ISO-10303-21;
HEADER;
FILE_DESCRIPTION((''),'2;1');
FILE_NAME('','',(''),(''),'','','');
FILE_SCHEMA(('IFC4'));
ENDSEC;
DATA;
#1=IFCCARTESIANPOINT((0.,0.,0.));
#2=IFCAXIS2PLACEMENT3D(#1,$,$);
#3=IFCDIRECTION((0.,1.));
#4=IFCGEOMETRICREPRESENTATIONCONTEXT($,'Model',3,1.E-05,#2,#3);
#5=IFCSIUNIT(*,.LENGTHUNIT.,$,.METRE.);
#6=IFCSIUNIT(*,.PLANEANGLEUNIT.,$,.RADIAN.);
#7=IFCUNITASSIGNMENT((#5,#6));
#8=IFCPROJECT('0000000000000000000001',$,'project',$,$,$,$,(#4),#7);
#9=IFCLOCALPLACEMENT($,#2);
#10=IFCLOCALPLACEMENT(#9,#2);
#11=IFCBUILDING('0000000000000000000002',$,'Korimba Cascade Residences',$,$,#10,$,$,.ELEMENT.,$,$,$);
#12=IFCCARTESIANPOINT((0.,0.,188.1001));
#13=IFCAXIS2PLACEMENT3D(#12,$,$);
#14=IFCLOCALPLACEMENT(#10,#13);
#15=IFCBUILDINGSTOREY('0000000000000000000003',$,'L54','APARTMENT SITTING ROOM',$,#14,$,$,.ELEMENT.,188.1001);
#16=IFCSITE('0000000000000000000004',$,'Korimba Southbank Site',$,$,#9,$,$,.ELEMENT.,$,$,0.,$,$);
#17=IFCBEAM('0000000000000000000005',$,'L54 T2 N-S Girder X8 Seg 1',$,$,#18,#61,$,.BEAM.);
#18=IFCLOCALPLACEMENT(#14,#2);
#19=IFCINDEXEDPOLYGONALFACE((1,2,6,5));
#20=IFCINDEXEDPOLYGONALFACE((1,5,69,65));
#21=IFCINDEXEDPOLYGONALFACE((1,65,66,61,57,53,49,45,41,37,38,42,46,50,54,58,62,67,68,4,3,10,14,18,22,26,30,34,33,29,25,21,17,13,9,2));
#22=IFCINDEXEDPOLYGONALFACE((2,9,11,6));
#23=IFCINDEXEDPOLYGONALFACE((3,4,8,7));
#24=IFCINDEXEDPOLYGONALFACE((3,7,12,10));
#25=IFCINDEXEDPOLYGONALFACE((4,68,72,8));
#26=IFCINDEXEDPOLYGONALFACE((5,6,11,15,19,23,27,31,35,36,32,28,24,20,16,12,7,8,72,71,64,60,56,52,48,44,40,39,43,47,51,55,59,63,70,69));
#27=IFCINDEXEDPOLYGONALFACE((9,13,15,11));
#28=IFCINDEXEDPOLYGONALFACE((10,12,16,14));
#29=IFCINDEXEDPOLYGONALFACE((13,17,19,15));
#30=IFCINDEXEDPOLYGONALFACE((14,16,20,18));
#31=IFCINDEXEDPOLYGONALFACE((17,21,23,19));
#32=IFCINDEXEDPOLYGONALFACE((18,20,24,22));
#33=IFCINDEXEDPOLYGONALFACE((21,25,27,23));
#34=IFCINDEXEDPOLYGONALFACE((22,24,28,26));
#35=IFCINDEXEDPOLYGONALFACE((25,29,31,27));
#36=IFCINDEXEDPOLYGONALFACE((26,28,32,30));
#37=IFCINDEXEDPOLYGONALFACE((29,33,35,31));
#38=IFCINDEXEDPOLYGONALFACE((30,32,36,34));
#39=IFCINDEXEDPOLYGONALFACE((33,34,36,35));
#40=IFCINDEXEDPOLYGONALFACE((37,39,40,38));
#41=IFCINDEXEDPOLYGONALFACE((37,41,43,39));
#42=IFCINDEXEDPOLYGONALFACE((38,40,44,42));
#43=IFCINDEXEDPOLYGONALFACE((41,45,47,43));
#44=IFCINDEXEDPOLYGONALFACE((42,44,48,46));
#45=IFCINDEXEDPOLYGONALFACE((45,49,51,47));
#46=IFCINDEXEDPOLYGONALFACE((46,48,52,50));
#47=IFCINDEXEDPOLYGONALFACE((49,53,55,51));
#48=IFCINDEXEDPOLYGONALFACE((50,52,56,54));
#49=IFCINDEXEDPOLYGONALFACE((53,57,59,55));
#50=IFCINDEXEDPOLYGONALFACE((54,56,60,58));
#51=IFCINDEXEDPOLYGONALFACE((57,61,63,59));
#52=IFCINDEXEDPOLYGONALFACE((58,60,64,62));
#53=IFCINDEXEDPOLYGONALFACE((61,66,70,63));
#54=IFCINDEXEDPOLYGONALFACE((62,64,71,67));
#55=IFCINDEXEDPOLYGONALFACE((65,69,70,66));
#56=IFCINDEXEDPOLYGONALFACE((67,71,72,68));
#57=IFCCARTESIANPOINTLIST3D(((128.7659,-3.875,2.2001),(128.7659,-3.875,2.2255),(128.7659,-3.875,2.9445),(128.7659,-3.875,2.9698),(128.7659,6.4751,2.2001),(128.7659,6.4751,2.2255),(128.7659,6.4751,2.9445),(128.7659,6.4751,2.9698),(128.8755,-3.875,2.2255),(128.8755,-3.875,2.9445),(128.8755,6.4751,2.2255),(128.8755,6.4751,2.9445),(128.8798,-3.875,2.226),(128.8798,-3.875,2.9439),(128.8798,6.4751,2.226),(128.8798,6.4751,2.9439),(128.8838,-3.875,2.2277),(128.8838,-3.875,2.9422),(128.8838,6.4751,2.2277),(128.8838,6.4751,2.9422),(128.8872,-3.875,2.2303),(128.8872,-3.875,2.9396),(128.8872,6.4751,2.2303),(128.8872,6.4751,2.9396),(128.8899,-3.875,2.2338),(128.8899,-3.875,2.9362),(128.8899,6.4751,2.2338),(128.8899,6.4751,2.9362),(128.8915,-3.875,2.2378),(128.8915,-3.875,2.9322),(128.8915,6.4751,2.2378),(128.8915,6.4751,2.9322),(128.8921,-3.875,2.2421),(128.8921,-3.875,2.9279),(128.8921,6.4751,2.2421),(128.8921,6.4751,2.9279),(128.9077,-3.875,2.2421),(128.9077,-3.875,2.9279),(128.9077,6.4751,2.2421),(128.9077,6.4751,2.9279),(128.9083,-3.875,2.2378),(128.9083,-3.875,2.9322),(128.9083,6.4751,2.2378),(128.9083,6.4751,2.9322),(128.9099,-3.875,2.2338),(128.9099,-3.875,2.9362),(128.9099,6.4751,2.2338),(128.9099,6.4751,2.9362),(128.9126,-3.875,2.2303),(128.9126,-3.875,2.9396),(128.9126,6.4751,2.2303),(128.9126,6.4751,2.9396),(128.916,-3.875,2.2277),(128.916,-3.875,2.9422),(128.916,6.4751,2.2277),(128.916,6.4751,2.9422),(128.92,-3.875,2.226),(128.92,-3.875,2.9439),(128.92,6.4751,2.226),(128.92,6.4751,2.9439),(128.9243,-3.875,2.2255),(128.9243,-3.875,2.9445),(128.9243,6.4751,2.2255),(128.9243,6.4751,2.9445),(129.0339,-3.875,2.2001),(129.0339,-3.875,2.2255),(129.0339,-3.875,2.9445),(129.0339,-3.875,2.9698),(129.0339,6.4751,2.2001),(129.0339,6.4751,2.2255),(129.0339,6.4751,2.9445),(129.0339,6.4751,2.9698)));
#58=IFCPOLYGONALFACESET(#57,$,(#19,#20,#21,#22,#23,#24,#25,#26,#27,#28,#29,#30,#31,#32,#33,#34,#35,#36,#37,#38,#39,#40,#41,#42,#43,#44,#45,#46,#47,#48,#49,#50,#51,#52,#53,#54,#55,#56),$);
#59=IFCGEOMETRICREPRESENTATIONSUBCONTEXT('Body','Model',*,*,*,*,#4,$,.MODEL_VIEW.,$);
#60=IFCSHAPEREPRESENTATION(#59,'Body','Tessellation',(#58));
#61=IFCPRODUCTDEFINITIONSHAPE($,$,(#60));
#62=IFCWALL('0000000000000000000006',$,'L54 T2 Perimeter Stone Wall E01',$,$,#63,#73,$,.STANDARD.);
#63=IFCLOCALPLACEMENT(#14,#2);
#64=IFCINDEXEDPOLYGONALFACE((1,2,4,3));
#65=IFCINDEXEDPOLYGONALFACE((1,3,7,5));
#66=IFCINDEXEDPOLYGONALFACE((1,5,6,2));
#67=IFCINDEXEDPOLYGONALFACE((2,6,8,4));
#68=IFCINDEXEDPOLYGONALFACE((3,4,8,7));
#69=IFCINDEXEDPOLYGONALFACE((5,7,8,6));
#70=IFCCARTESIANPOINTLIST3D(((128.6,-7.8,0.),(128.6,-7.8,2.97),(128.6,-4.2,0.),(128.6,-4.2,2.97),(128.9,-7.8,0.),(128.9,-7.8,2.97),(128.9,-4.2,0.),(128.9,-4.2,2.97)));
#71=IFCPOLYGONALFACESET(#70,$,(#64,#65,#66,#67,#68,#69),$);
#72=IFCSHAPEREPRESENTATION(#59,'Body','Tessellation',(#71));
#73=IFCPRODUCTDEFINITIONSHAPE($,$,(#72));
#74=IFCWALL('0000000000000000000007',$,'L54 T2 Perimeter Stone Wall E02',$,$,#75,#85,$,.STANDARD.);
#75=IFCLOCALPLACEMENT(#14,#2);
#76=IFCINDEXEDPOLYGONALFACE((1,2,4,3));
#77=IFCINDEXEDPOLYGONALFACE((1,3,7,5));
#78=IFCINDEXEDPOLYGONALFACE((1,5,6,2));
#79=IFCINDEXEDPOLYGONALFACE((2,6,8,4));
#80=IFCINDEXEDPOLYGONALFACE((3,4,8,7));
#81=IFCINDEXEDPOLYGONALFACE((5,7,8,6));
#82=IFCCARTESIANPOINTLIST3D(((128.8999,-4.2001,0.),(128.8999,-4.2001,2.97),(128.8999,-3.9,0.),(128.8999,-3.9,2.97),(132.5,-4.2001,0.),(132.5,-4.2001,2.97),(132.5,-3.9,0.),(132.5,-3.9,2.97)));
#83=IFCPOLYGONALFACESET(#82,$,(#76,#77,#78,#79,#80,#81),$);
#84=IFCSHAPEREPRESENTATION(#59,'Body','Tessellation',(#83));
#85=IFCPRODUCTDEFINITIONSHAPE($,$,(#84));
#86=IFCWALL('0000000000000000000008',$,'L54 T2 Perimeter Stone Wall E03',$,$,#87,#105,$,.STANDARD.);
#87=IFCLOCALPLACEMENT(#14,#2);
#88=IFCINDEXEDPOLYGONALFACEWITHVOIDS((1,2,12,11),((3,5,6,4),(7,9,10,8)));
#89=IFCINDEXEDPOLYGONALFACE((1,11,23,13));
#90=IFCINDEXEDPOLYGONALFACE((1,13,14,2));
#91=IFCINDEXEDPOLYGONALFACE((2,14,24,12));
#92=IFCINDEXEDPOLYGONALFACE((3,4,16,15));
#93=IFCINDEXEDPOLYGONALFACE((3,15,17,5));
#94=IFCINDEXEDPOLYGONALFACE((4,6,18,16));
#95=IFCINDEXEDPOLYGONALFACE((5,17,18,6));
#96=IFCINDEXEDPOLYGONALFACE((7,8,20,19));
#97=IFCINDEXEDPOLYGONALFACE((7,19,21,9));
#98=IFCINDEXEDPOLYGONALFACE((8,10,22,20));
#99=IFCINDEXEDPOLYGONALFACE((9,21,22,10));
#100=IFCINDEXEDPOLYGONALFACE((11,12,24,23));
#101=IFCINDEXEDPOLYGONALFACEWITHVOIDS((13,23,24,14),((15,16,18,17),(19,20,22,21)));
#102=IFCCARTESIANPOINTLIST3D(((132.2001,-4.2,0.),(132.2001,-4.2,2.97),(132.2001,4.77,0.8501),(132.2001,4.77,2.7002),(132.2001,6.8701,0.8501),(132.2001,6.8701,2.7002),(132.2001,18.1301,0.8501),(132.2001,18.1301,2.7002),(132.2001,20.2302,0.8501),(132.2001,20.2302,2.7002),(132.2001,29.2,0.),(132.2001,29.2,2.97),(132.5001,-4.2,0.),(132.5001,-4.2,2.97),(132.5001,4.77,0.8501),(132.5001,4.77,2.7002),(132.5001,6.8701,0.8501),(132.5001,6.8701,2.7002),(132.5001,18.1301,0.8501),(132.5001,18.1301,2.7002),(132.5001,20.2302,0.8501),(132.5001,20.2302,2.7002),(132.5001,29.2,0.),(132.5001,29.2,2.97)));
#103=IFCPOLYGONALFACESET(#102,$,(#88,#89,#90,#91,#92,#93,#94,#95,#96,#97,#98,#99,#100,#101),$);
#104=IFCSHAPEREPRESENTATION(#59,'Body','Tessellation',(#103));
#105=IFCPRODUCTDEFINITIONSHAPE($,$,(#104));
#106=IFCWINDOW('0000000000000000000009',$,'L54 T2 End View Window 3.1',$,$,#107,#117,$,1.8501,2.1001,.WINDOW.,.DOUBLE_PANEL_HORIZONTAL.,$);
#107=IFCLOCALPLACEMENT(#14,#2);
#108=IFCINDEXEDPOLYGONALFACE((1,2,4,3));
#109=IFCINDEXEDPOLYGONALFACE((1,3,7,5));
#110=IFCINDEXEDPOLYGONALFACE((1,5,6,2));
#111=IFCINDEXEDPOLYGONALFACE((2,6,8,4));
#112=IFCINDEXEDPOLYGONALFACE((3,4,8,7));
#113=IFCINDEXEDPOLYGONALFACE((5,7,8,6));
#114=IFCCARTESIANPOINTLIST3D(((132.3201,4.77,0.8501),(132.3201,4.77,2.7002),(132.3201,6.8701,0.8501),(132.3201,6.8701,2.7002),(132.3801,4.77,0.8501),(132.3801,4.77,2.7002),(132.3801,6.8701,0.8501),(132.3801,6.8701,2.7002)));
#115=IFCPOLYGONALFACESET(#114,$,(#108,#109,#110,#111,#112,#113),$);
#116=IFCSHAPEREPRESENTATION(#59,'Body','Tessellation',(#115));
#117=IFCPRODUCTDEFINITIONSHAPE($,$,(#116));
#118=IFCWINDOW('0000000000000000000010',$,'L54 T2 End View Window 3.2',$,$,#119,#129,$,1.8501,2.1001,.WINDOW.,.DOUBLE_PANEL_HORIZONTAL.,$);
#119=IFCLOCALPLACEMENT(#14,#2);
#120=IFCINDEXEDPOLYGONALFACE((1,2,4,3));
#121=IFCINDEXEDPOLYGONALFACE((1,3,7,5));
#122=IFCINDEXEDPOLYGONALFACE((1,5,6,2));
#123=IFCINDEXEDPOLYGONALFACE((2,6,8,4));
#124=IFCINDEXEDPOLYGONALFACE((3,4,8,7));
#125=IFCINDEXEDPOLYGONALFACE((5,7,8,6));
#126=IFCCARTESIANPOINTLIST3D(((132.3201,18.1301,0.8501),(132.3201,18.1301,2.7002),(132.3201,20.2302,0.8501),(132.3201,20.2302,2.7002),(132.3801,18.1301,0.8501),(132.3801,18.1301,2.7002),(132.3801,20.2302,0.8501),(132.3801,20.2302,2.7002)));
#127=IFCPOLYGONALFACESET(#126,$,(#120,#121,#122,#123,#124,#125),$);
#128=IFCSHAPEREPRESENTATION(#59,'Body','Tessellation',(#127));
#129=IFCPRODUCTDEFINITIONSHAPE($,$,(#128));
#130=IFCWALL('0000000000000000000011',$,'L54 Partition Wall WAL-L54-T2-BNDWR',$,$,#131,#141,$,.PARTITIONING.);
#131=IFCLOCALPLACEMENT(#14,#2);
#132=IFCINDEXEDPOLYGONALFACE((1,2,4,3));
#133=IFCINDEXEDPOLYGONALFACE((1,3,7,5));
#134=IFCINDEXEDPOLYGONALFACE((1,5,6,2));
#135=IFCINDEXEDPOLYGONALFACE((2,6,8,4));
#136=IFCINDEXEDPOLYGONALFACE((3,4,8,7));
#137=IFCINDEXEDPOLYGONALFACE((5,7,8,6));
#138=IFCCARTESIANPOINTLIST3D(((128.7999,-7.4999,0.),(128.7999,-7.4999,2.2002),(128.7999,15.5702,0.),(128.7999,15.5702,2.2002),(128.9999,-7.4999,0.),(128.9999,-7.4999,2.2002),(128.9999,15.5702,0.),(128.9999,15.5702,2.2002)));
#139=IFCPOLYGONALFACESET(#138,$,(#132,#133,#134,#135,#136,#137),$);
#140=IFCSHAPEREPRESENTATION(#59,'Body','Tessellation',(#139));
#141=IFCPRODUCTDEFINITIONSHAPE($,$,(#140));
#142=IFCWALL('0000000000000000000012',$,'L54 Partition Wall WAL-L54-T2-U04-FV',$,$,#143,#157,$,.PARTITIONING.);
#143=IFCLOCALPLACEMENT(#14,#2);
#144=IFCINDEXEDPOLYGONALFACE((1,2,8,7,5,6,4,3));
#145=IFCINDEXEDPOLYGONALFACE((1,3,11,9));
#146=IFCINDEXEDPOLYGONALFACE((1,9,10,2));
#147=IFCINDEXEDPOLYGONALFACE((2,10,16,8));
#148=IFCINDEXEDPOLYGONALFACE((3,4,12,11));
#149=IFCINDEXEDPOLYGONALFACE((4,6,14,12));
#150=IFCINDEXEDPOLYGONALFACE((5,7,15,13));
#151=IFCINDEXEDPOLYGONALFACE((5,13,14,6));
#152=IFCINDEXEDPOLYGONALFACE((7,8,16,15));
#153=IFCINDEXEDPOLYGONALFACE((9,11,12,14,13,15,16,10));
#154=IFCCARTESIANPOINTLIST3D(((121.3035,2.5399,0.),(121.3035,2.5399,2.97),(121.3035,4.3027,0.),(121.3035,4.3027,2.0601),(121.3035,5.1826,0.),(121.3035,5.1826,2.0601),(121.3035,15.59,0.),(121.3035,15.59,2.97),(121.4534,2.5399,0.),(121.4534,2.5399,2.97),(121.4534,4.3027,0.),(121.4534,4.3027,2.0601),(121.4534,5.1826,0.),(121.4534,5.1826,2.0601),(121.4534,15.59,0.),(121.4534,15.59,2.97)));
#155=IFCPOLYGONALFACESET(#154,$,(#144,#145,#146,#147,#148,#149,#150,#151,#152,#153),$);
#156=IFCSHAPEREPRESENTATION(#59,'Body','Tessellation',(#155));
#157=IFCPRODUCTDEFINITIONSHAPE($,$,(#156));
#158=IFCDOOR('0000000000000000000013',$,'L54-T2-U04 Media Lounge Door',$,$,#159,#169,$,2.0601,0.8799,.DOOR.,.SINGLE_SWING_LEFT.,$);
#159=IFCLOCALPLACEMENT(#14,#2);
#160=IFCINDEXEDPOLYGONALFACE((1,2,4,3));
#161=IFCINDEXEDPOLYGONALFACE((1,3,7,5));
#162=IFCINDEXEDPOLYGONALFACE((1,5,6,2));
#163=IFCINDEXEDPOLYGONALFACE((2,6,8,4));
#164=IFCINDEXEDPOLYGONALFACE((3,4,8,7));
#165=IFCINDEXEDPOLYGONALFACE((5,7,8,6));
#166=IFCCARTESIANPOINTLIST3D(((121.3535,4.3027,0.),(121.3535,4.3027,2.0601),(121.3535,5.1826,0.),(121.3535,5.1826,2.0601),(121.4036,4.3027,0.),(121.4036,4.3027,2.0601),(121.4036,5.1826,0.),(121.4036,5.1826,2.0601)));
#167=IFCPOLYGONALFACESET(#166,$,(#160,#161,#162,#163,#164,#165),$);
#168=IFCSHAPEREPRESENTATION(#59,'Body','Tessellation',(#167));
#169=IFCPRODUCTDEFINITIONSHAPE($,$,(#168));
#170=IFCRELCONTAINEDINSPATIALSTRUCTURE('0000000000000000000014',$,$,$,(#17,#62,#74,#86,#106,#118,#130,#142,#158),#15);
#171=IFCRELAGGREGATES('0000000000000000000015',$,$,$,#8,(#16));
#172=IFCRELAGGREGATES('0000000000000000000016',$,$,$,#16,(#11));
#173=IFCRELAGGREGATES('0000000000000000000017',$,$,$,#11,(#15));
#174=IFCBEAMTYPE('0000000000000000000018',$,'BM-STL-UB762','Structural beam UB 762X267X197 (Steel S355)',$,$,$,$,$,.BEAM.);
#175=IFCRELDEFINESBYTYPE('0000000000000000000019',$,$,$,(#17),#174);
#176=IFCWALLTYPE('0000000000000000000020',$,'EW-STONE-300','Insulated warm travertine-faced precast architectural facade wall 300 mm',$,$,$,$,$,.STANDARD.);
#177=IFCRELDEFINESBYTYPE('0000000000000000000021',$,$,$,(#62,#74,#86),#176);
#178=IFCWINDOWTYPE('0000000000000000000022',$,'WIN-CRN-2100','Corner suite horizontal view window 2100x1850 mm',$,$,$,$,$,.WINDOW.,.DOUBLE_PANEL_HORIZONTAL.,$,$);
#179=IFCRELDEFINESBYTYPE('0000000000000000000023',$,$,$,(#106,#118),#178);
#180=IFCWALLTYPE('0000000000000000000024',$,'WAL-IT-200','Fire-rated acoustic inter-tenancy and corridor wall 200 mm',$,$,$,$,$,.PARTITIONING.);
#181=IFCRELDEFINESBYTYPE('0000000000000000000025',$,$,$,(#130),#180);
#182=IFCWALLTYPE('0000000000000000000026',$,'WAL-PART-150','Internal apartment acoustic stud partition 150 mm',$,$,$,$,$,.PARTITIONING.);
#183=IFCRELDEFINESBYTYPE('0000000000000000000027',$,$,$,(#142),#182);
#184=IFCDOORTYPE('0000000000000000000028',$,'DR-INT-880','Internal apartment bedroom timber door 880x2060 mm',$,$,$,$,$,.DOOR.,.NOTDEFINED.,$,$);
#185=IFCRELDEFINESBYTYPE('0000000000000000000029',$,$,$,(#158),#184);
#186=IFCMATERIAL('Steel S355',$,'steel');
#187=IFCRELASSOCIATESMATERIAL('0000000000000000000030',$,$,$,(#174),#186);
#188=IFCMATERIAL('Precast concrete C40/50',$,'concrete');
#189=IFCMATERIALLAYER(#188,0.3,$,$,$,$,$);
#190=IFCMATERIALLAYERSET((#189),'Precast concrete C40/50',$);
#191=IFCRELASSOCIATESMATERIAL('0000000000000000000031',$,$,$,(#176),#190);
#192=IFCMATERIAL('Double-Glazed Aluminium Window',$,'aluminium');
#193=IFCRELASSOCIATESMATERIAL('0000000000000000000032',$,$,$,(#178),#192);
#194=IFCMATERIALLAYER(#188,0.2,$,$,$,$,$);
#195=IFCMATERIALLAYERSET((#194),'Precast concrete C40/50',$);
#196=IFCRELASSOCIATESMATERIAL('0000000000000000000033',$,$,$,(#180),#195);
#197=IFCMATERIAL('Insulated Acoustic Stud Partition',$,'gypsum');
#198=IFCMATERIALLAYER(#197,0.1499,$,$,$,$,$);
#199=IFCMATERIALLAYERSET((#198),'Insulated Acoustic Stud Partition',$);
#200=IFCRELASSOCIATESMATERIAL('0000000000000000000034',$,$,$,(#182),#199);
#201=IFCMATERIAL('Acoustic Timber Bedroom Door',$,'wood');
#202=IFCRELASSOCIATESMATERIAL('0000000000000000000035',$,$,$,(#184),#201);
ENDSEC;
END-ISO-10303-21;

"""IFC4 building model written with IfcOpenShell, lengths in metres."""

from ifc_helpers import new_model, si_unit, direction, frame, frame_2d, origin, origin_2d, place, context, subcontext, project, spatial, rectangle, i_section, extrude, material, layer, layer_set, material_profile, profile_set, type_object, element, fill, save


model = new_model("IFC4")

# Units and contexts
model_context = context("Model", 3, precision=1e-05, world=origin(), true_north=direction((0.0, 1.0)))
body_context = subcontext(model_context, "Body", "Model", "MODEL_VIEW")
ifc_project = project(units=[si_unit("LENGTHUNIT", "METRE"), si_unit("PLANEANGLEUNIT", "RADIAN")], contexts=[model_context])

# Site, building, storey
site_placement = place(None, origin())
site = spatial("IfcSite", under=ifc_project, at=site_placement, Name="Korimba Southbank Site", CompositionType="ELEMENT", RefElevation=0.0)
building_placement = place(site_placement, origin())
building = spatial("IfcBuilding", under=site, at=building_placement, Name="Korimba Cascade Residences", CompositionType="ELEMENT")
storey_placement = place(building_placement, frame((0.0, 0.0, 188.1001)))
storey = spatial("IfcBuildingStorey", under=building, at=storey_placement, Name="L54", Description="APARTMENT SITTING ROOM", CompositionType="ELEMENT", Elevation=188.1001)

# Beam
ifc_material_1 = material(Name="Steel S355", Category="steel")
ifc_material_profile_1 = material_profile(ifc_material_1, i_section(OverallWidth=0.2681, OverallDepth=0.7698, WebThickness=0.0156, FlangeThickness=0.0254, FilletRadius=0.0166, at=origin_2d()), Name="Steel S355")
ifc_profile_set_1 = profile_set([ifc_material_profile_1], Name="Steel S355")
beam_type_1 = type_object("IfcBeamType", Name="BM-STL-UB762", Description="Structural beam UB 762X267X197 (Steel S355)", PredefinedType="BEAM", material=ifc_profile_set_1)
for number, where, z_axis, x_axis, name in (
    (1, (128.8999, -3.875, 2.585), (0.0, 1.0, 0.0), (-1.0, 0.0, 0.0), "L54 T2 N-S Girder X8 Seg 1"),
):
    element("IfcBeam", number, at=place(storey_placement, frame(where, z_axis=z_axis, x_axis=x_axis)), inside=storey, type_object=beam_type_1, Name=name, PredefinedType="BEAM", context=body_context, shape_type="SweptSolid", body=[
        extrude(i_section(OverallWidth=0.2681, OverallDepth=0.7698, WebThickness=0.0156, FlangeThickness=0.0254, FilletRadius=0.0166, at=origin_2d()), origin(), (0.0, 0.0, 1.0), 10.3501),
    ])

# Walls
ifc_material_2 = material(Name="Precast concrete C40/50", Category="concrete")
ifc_layer_1 = layer(ifc_material_2, 0.3)
ifc_layer_set_1 = layer_set([ifc_layer_1], Name="Precast concrete C40/50")
wall_type_1 = type_object("IfcWallType", Name="EW-STONE-300", Description="Insulated warm travertine-faced precast architectural facade wall 300 mm", PredefinedType="STANDARD", material=ifc_layer_set_1)
for number, where, z_axis, x_axis, name in (
    (2, (128.75, -7.8, 0.0), (0.0, 0.0, 1.0), (0.0, 1.0, 0.0), "L54 T2 Perimeter Stone Wall E01"),
    (3, (128.8999, -4.05, 0.0), (0.0, 0.0, 1.0), (1.0, 0.0, 0.0), "L54 T2 Perimeter Stone Wall E02"),
):
    element("IfcWall", number, at=place(storey_placement, frame(where, z_axis=z_axis, x_axis=x_axis)), inside=storey, type_object=wall_type_1, Name=name, PredefinedType="STANDARD", context=body_context, shape_type="SweptSolid", body=[
        extrude(rectangle(XDim=3.6001, YDim=0.3, at=frame_2d((1.8, 0.0))), origin(), (0.0, 0.0, 1.0), 2.97),
    ])

# Wall, openings, windows
wall_1_placement = place(storey_placement, frame((132.3501, -4.2, 0.0), z_axis=(0.0, 0.0, 1.0), x_axis=(0.0, 1.0, 0.0)))
wall_1 = element("IfcWall", 4, at=wall_1_placement, inside=storey, type_object=wall_type_1, Name="L54 T2 Perimeter Stone Wall E03", PredefinedType="STANDARD", context=body_context, shape_type="SweptSolid", body=[
    extrude(rectangle(XDim=33.3999, YDim=0.3, at=frame_2d((16.7, 0.0))), origin(), (0.0, 0.0, 1.0), 2.97),
])
opening_1_placement = place(wall_1_placement, frame((8.97, 0.0, 0.8501)))
opening_1 = element("IfcOpeningElement", 5, at=opening_1_placement, cuts=wall_1, PredefinedType="OPENING", context=body_context, shape_type="SweptSolid", body=[
    extrude(rectangle(XDim=2.1001, YDim=1.8501, at=frame_2d((1.05, 0.925))), frame((0.0, 0.1602, 0.0), z_axis=(0.0, -1.0, 0.0), x_axis=(1.0, 0.0, 0.0)), (0.0, 0.0, 1.0), 0.3201),
])
opening_2_placement = place(wall_1_placement, frame((22.3301, 0.0, 0.8501)))
opening_2 = element("IfcOpeningElement", 6, at=opening_2_placement, cuts=wall_1, PredefinedType="OPENING", context=body_context, shape_type="SweptSolid", body=[
    extrude(rectangle(XDim=2.1001, YDim=1.8501, at=frame_2d((1.05, 0.925))), frame((0.0, 0.1602, 0.0), z_axis=(0.0, -1.0, 0.0), x_axis=(1.0, 0.0, 0.0)), (0.0, 0.0, 1.0), 0.3201),
])
ifc_material_3 = material(Name="Double-Glazed Aluminium Window", Category="aluminium")
window_type = type_object("IfcWindowType", Name="WIN-CRN-2100", Description="Corner suite horizontal view window 2100x1850 mm", PartitioningType="DOUBLE_PANEL_HORIZONTAL", PredefinedType="WINDOW", material=ifc_material_3)
window_1_placement = place(opening_1_placement, origin())
window_1 = element("IfcWindow", 7, at=window_1_placement, inside=storey, type_object=window_type, Name="L54 T2 End View Window 3.1", OverallHeight=1.8501, OverallWidth=2.1001, PartitioningType="DOUBLE_PANEL_HORIZONTAL", PredefinedType="WINDOW", context=body_context, shape_type="SweptSolid", body=[
    extrude(rectangle(XDim=2.1001, YDim=1.8501, at=frame_2d((1.05, 0.925))), frame((0.0, 0.03, 0.0), z_axis=(0.0, -1.0, 0.0), x_axis=(1.0, 0.0, 0.0)), (0.0, 0.0, 1.0), 0.0601),
])
fill(opening_1, window_1)
window_2_placement = place(opening_2_placement, origin())
window_2 = element("IfcWindow", 8, at=window_2_placement, inside=storey, type_object=window_type, Name="L54 T2 End View Window 3.2", OverallHeight=1.8501, OverallWidth=2.1001, PartitioningType="DOUBLE_PANEL_HORIZONTAL", PredefinedType="WINDOW", context=body_context, shape_type="SweptSolid", body=[
    extrude(rectangle(XDim=2.1001, YDim=1.8501, at=frame_2d((1.05, 0.925))), frame((0.0, 0.03, 0.0), z_axis=(0.0, -1.0, 0.0), x_axis=(1.0, 0.0, 0.0)), (0.0, 0.0, 1.0), 0.0601),
])
fill(opening_2, window_2)

# Wall
ifc_layer_2 = layer(ifc_material_2, 0.2)
ifc_layer_set_2 = layer_set([ifc_layer_2], Name="Precast concrete C40/50")
wall_type_2 = type_object("IfcWallType", Name="WAL-IT-200", Description="Fire-rated acoustic inter-tenancy and corridor wall 200 mm", PredefinedType="PARTITIONING", material=ifc_layer_set_2)
wall_2_placement = place(storey_placement, frame((128.8999, -7.5, 0.0), z_axis=(0.0, 0.0, 1.0), x_axis=(0.0, 1.0, 0.0)))
element("IfcWall", 9, at=wall_2_placement, inside=storey, type_object=wall_type_2, Name="L54 Partition Wall WAL-L54-T2-BNDWR", PredefinedType="PARTITIONING", context=body_context, shape_type="SweptSolid", body=[
    extrude(rectangle(XDim=23.0701, YDim=0.2, at=frame_2d((11.5352, 0.0))), origin(), (0.0, 0.0, 1.0), 2.2002),
])

# Wall, opening, door
ifc_material_4 = material(Name="Insulated Acoustic Stud Partition", Category="gypsum")
ifc_layer_3 = layer(ifc_material_4, 0.1499)
ifc_layer_set_3 = layer_set([ifc_layer_3], Name="Insulated Acoustic Stud Partition")
wall_type_3 = type_object("IfcWallType", Name="WAL-PART-150", Description="Internal apartment acoustic stud partition 150 mm", PredefinedType="PARTITIONING", material=ifc_layer_set_3)
wall_3_placement = place(storey_placement, frame((121.3784, 2.54, 0.0), z_axis=(0.0, 0.0, 1.0), x_axis=(0.0, 1.0, 0.0)))
wall_3 = element("IfcWall", 10, at=wall_3_placement, inside=storey, type_object=wall_type_3, Name="L54 Partition Wall WAL-L54-T2-U04-FV", PredefinedType="PARTITIONING", context=body_context, shape_type="SweptSolid", body=[
    extrude(rectangle(XDim=13.05, YDim=0.1499, at=frame_2d((6.5249, 0.0))), origin(), (0.0, 0.0, 1.0), 2.97),
])
opening_3_placement = place(wall_3_placement, frame((1.7627, 0.0, 0.0)))
opening_3 = element("IfcOpeningElement", 11, at=opening_3_placement, cuts=wall_3, PredefinedType="OPENING", context=body_context, shape_type="SweptSolid", body=[
    extrude(rectangle(XDim=0.8799, YDim=2.0601, at=frame_2d((0.4399, 1.03))), frame((0.0, 0.085, 0.0), z_axis=(0.0, -1.0, 0.0), x_axis=(1.0, 0.0, 0.0)), (0.0, 0.0, 1.0), 0.1699),
])
ifc_material_5 = material(Name="Acoustic Timber Bedroom Door", Category="wood")
door_type_1 = type_object("IfcDoorType", Name="DR-INT-880", Description="Internal apartment bedroom timber door 880x2060 mm", OperationType="NOTDEFINED", PredefinedType="DOOR", material=ifc_material_5)
door_1_placement = place(opening_3_placement, origin())
door_1 = element("IfcDoor", 12, at=door_1_placement, inside=storey, type_object=door_type_1, Name="L54-T2-U04 Media Lounge Door", OperationType="SINGLE_SWING_LEFT", OverallHeight=2.0601, OverallWidth=0.8799, PredefinedType="DOOR", context=body_context, shape_type="SweptSolid", body=[
    extrude(rectangle(XDim=0.8799, YDim=2.0601, at=frame_2d((0.4399, 1.03))), frame((0.0, 0.0249, 0.0), z_axis=(0.0, -1.0, 0.0), x_axis=(1.0, 0.0, 0.0)), (0.0, 0.0, 1.0), 0.05),
])
fill(opening_3, door_1)

save(model, "model.ifc")
